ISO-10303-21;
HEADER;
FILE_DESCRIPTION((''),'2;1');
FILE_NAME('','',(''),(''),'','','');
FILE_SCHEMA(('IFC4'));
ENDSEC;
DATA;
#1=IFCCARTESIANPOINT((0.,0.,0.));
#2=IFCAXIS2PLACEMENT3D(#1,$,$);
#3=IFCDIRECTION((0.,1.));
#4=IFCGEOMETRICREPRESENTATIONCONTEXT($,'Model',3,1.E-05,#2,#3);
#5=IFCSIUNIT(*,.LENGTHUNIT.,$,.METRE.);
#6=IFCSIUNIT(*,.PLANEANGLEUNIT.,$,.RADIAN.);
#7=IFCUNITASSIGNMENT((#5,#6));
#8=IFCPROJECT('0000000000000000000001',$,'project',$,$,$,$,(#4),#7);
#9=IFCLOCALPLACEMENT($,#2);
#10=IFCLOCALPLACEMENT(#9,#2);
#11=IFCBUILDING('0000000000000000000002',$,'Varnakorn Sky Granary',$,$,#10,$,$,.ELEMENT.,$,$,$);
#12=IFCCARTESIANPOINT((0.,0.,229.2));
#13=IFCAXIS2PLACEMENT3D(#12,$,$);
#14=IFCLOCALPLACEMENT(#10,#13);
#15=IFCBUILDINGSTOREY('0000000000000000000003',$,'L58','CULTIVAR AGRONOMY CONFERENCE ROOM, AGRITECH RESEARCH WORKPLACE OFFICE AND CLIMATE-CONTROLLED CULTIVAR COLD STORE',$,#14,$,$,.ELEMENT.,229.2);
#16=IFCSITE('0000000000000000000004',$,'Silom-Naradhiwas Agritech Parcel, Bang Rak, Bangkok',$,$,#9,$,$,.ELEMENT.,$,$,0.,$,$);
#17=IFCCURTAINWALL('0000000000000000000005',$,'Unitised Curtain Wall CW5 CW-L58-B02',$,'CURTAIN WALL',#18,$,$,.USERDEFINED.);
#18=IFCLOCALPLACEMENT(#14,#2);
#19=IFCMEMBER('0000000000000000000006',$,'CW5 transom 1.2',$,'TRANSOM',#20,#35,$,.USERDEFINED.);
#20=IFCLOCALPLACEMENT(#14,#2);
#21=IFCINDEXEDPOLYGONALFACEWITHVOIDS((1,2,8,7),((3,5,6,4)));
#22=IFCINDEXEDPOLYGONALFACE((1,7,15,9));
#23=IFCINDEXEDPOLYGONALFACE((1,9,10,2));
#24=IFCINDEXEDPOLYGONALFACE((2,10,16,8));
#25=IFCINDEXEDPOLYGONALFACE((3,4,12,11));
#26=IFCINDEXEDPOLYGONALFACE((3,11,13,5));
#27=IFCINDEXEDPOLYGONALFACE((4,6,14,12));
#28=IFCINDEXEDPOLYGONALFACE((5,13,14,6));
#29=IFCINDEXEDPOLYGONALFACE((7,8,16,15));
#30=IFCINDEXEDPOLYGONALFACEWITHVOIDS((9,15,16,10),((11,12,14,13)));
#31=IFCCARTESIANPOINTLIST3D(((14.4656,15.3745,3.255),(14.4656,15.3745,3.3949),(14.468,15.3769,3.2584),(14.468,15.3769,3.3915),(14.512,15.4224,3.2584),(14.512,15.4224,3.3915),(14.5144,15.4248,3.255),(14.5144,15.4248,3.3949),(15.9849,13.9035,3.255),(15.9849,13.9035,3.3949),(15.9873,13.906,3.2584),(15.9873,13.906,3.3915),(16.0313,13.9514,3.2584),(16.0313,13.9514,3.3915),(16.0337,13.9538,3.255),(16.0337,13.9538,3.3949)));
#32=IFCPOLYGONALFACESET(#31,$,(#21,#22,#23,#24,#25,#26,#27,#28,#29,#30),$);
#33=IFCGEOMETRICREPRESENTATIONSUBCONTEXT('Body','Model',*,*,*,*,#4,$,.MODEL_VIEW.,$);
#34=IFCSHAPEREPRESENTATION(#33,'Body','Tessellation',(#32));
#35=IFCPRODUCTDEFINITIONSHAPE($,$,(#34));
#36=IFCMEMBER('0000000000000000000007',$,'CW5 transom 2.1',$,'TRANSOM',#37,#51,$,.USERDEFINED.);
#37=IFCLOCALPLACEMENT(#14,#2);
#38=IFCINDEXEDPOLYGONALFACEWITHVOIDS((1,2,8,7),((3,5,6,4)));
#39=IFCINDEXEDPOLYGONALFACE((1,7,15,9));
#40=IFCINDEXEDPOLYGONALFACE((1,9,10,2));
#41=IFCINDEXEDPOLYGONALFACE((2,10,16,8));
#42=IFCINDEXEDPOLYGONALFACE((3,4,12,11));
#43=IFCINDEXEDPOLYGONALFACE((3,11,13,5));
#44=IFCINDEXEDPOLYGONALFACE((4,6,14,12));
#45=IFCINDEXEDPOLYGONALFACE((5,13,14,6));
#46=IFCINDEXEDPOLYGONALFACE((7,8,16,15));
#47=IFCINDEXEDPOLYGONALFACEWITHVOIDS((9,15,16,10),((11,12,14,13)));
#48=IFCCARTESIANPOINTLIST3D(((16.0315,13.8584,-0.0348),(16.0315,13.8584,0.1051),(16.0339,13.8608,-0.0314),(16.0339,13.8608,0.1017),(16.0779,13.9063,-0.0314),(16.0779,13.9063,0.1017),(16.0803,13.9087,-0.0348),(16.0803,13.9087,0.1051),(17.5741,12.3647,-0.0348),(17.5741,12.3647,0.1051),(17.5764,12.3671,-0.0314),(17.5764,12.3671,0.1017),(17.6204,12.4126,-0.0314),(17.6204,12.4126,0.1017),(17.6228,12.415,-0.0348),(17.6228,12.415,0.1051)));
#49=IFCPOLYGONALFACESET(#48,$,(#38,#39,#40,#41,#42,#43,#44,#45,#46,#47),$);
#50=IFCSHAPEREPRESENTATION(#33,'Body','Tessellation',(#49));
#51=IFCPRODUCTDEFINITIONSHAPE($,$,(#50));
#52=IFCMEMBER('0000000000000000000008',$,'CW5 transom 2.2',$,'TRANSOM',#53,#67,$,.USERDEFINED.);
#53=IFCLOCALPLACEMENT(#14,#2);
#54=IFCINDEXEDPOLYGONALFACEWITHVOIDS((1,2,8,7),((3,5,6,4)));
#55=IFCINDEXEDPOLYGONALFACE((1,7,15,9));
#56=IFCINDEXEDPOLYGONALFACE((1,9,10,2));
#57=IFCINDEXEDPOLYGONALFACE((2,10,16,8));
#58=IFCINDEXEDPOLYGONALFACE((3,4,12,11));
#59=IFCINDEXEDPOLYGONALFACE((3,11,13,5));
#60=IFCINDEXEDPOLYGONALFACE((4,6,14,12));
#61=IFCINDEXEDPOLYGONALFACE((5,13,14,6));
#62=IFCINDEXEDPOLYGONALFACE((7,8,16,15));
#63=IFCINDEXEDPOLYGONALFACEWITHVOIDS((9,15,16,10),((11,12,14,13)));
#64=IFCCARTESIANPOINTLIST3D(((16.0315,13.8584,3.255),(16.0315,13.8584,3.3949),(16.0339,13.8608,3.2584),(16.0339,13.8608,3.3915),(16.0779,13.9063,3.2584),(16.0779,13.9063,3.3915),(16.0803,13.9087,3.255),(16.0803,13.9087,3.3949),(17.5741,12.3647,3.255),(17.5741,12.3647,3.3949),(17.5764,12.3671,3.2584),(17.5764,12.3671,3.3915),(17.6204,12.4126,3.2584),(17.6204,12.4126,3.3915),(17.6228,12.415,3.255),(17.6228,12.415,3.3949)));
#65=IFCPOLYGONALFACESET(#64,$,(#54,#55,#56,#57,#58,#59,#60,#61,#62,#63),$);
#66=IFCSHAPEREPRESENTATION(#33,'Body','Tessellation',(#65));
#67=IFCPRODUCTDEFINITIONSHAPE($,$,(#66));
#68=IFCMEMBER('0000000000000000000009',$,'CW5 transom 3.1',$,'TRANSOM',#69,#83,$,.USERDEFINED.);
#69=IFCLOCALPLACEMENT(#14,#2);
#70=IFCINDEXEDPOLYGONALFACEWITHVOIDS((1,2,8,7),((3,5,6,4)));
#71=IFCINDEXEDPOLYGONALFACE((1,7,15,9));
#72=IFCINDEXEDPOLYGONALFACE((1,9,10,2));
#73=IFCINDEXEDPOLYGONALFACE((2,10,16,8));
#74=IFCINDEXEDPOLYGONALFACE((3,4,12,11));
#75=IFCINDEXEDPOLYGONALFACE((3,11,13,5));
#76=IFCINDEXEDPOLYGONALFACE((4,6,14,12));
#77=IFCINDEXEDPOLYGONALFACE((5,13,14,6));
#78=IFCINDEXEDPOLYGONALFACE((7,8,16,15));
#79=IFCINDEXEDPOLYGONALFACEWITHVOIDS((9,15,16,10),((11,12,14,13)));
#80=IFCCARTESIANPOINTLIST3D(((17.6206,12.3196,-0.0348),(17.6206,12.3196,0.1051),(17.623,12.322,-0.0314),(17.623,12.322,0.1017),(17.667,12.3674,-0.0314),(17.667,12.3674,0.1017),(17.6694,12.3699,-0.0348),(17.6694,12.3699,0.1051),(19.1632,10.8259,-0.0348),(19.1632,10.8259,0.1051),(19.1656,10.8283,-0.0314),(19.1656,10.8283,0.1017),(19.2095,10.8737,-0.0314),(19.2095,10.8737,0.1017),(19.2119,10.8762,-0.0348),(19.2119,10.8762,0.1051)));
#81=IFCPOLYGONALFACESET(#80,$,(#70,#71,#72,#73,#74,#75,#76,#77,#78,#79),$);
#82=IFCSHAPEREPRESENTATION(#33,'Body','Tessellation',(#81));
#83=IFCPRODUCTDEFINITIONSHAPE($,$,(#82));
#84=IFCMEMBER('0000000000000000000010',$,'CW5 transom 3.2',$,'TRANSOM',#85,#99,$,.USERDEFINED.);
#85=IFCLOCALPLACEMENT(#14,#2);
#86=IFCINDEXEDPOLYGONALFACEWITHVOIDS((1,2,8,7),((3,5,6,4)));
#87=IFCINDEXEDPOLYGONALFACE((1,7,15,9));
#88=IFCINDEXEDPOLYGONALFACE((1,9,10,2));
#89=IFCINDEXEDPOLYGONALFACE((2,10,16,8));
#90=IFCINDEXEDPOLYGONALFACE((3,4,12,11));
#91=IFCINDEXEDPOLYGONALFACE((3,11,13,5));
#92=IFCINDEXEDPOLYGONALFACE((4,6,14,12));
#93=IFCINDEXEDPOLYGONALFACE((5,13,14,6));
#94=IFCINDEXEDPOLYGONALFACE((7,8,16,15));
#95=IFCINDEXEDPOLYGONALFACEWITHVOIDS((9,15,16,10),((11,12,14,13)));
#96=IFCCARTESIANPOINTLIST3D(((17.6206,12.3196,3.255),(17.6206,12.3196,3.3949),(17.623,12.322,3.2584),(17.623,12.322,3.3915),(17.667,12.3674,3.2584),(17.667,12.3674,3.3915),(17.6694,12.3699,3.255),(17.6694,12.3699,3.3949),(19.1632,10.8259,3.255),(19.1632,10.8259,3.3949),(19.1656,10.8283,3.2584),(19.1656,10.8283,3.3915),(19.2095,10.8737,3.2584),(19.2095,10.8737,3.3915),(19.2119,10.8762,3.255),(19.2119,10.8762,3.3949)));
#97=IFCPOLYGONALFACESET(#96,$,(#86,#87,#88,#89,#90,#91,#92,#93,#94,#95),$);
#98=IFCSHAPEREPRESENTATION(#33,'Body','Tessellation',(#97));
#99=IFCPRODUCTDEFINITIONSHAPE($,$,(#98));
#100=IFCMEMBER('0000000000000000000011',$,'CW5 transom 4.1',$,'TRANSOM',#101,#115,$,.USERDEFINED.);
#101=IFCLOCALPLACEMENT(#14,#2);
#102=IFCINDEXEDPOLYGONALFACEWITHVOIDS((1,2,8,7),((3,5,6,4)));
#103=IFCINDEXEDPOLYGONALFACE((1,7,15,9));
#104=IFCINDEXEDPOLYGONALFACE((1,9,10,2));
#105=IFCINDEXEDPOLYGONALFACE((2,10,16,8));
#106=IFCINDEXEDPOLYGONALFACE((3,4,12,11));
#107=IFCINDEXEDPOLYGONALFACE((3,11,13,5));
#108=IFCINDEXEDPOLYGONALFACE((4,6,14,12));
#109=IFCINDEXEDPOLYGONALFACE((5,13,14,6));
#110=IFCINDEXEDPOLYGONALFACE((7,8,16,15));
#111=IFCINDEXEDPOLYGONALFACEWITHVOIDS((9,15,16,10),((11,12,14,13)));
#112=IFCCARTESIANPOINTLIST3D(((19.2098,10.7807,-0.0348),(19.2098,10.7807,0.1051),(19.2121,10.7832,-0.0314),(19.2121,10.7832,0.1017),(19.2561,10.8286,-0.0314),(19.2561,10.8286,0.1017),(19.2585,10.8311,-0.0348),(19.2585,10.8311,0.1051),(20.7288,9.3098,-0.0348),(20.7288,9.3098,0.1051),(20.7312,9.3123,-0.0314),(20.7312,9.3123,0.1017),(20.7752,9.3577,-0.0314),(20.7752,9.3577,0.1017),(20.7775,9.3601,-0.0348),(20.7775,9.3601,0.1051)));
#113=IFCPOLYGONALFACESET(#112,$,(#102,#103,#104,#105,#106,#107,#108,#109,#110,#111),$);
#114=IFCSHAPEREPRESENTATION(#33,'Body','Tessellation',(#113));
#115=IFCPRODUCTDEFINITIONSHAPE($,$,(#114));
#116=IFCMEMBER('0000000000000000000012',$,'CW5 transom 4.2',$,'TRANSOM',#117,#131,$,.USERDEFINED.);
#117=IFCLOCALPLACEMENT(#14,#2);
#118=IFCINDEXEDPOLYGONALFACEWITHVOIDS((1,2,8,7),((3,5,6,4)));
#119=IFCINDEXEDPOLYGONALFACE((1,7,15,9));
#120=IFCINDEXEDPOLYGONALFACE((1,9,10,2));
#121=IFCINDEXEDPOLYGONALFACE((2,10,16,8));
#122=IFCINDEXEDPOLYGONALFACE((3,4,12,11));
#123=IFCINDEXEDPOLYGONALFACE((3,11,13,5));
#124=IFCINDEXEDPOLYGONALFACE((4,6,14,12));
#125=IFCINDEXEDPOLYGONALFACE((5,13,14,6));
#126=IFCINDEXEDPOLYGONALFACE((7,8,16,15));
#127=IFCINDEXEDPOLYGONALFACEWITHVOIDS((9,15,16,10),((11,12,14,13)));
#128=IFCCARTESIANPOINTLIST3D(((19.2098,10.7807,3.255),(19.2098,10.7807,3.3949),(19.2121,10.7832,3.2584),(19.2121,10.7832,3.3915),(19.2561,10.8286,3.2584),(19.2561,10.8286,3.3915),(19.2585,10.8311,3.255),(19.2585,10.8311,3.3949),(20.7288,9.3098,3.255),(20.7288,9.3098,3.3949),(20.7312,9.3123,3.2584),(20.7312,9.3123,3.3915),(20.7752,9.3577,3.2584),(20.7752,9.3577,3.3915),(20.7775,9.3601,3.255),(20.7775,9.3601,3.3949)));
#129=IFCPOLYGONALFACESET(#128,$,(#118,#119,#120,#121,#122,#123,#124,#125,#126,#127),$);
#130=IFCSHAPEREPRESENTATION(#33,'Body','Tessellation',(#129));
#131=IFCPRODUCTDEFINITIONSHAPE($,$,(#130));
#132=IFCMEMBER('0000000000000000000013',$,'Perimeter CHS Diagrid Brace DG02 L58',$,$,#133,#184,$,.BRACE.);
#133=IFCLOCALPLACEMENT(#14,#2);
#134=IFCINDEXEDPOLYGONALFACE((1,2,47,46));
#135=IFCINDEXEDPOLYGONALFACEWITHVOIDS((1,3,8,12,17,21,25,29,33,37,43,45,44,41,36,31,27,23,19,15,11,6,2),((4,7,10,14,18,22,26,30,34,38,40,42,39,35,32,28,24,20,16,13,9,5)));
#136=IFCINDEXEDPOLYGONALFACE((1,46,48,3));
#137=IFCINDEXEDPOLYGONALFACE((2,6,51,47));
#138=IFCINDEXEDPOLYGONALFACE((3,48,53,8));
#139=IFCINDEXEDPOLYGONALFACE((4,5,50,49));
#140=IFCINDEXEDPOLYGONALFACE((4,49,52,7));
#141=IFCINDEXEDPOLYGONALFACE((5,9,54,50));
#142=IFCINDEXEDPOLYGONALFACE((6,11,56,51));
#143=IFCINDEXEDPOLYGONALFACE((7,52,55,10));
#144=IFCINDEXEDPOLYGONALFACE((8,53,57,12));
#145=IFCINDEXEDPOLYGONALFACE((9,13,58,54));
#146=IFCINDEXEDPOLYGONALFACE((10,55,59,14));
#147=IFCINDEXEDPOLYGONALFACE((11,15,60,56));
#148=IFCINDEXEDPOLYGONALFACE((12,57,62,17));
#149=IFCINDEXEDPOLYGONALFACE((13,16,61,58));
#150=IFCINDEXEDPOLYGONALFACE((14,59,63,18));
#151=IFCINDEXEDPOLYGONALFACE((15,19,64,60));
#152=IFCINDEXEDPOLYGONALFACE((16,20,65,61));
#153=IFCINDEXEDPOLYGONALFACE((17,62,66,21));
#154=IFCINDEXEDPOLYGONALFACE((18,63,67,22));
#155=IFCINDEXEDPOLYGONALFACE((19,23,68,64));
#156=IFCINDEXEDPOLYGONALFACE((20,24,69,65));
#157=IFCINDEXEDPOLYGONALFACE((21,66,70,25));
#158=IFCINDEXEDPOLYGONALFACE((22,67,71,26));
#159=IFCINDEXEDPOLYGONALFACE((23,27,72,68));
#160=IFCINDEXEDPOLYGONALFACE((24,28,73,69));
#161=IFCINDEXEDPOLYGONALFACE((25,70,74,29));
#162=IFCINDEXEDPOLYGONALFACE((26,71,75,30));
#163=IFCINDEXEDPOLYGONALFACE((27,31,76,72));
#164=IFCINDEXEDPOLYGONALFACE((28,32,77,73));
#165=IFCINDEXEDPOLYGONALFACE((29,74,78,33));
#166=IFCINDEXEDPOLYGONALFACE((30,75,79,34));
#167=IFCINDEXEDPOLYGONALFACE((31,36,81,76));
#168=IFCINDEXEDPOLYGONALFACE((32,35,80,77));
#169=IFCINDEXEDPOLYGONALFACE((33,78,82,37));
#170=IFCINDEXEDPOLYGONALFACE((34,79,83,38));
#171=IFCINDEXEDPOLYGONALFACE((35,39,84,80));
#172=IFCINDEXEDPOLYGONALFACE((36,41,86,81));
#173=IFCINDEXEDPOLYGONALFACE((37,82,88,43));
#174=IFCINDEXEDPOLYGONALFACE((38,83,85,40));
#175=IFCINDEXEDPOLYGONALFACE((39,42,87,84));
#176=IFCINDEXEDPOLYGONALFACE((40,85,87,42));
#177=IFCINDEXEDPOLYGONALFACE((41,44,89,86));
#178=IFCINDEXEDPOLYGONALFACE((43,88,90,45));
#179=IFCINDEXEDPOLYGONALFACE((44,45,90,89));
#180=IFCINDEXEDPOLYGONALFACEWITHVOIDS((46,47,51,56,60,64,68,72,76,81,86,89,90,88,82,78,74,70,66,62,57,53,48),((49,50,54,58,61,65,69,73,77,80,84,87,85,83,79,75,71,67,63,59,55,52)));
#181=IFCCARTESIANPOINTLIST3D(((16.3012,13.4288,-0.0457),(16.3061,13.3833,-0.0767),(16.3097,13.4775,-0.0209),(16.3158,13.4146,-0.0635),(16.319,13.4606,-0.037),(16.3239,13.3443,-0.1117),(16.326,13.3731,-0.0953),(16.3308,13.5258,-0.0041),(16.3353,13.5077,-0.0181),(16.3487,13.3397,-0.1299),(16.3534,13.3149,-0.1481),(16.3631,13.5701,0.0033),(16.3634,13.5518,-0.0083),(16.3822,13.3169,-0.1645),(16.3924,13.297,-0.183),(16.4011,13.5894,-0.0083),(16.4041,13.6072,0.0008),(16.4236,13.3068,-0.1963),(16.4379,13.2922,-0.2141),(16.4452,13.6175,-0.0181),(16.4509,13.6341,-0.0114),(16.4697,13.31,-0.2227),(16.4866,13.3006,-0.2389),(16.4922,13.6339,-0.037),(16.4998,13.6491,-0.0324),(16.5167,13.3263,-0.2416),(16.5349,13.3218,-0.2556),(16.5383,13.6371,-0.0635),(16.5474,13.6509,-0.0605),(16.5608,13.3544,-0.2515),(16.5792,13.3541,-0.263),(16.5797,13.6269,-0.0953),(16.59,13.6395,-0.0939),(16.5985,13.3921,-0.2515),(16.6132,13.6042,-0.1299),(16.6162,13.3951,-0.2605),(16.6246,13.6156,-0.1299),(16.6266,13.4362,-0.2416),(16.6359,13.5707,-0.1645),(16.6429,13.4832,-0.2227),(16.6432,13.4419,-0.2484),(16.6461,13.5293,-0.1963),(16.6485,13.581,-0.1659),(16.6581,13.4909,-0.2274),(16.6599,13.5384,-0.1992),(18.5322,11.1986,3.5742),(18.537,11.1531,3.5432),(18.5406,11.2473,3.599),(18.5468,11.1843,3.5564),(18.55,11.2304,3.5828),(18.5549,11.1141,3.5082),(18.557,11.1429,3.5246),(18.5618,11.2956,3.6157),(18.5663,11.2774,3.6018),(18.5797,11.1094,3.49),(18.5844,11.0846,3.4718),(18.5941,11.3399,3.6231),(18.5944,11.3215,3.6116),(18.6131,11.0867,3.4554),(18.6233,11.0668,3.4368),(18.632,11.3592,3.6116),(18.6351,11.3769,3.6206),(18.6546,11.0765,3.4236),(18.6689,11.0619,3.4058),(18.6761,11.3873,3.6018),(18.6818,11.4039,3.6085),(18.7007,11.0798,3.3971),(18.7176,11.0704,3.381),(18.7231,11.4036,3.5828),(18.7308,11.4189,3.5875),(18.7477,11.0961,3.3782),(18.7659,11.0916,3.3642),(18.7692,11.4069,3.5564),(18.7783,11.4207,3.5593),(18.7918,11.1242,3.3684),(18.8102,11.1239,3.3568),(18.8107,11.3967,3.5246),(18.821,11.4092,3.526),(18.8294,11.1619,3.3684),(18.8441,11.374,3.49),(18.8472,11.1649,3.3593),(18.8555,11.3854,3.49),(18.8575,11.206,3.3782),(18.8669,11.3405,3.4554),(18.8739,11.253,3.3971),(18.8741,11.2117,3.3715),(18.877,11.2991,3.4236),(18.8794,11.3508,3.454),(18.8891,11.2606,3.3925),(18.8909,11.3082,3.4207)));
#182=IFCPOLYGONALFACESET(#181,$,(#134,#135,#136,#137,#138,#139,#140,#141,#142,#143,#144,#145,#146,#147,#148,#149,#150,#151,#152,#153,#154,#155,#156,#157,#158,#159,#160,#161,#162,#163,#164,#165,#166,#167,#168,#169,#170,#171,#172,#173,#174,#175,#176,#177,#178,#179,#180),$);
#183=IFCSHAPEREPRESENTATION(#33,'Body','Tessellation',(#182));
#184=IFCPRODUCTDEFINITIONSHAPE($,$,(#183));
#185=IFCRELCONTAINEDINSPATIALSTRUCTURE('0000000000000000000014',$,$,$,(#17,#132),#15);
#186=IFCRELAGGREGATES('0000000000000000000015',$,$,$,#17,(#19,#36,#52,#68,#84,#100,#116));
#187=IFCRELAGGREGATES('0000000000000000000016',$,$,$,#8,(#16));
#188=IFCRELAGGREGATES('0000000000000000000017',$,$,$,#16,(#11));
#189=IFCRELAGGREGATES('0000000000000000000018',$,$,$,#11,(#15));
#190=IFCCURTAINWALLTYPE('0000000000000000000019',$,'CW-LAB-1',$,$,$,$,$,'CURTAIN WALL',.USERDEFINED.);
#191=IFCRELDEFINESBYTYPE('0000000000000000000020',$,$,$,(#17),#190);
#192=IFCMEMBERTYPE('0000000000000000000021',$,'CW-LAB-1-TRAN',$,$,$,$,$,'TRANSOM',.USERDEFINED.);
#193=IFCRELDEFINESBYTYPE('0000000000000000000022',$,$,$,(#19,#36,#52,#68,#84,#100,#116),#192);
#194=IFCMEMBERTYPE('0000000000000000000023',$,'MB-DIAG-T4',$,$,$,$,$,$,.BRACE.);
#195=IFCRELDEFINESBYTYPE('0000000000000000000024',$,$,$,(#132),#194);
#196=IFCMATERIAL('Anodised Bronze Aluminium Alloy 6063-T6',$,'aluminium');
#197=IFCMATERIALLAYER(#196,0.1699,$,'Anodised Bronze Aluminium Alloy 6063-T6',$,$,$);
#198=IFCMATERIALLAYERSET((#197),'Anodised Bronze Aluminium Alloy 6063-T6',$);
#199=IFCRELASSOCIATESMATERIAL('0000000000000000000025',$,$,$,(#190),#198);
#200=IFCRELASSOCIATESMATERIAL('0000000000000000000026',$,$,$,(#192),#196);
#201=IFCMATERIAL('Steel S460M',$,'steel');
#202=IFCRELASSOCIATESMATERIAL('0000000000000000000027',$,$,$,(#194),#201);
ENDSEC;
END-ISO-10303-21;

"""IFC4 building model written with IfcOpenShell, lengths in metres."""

from ifc_helpers import new_model, si_unit, direction, frame, origin, origin_2d, place, context, subcontext, project, spatial, hollow_rectangle, hollow_circle, extrude, material, layer, layer_set, material_profile, profile_set, type_object, element, aggregate, save


model = new_model("IFC4")

# Units and contexts
model_context = context("Model", 3, precision=1e-05, world=origin(), true_north=direction((0.0, 1.0)))
body_context = subcontext(model_context, "Body", "Model", "MODEL_VIEW")
ifc_project = project(units=[si_unit("LENGTHUNIT", "METRE"), si_unit("PLANEANGLEUNIT", "RADIAN")], contexts=[model_context])

# Site, building, storey
site_placement = place(None, origin())
site = spatial("IfcSite", under=ifc_project, at=site_placement, Name="Silom-Naradhiwas Agritech Parcel, Bang Rak, Bangkok", CompositionType="ELEMENT", RefElevation=0.0)
building_placement = place(site_placement, origin())
building = spatial("IfcBuilding", under=site, at=building_placement, Name="Varnakorn Sky Granary", CompositionType="ELEMENT")
storey_placement = place(building_placement, frame((0.0, 0.0, 229.2)))
storey = spatial("IfcBuildingStorey", under=building, at=storey_placement, Name="L58", Description="CULTIVAR AGRONOMY CONFERENCE ROOM, AGRITECH RESEARCH WORKPLACE OFFICE AND CLIMATE-CONTROLLED CULTIVAR COLD STORE", CompositionType="ELEMENT", Elevation=229.2)

# Shared definitions
ifc_material_1 = material(Name="Steel S460M", Category="steel")

# Curtain wall, members
ifc_material_2 = material(Name="Anodised Bronze Aluminium Alloy 6063-T6", Category="aluminium")
ifc_layer_1 = layer(ifc_material_2, 0.1699, Name="Anodised Bronze Aluminium Alloy 6063-T6")
ifc_layer_set_1 = layer_set([ifc_layer_1], Name="Anodised Bronze Aluminium Alloy 6063-T6")
curtain_wall_type = type_object("IfcCurtainWallType", Name="CW-LAB-1", ElementType="CURTAIN WALL", PredefinedType="USERDEFINED", material=ifc_layer_set_1)
curtain_wall_placement = place(storey_placement, origin())
curtain_wall = element("IfcCurtainWall", 1, at=curtain_wall_placement, inside=storey, type_object=curtain_wall_type, Name="Unitised Curtain Wall CW5 CW-L58-B02", ObjectType="CURTAIN WALL", PredefinedType="USERDEFINED")
ifc_material_profile_1 = material_profile(ifc_material_2, hollow_rectangle(XDim=0.0701, YDim=0.1399, WallThickness=0.0034, at=origin_2d()), Name="ALU TRAN 70x140")
ifc_profile_set_1 = profile_set([ifc_material_profile_1], Name="Anodised Bronze Aluminium Alloy 6063-T6")
member_type_1 = type_object("IfcMemberType", Name="CW-LAB-1-TRAN", ElementType="TRANSOM", PredefinedType="USERDEFINED", material=ifc_profile_set_1)
member_1_placement = place(storey_placement, frame((14.49, 15.3997, 3.325), z_axis=(0.718444, -0.695585, 0.0), x_axis=(0.695585, 0.718444, 0.0)))
member_1 = element("IfcMember", 2, at=member_1_placement, type_object=member_type_1, Name="CW5 transom 1.2", ObjectType="TRANSOM", PredefinedType="USERDEFINED", context=body_context, shape_type="SweptSolid", body=[
    extrude(hollow_rectangle(XDim=0.0701, YDim=0.1399, WallThickness=0.0034, at=origin_2d()), origin(), (0.0, 0.0, 1.0), 2.1147),
])
member_2_placement = place(storey_placement, frame((16.0559, 13.8835, 0.0352), z_axis=(0.718386, -0.695645, 0.0), x_axis=(0.695645, 0.718386, 0.0)))
member_2 = element("IfcMember", 3, at=member_2_placement, type_object=member_type_1, Name="CW5 transom 2.1", ObjectType="TRANSOM", PredefinedType="USERDEFINED", context=body_context, shape_type="SweptSolid", body=[
    extrude(hollow_rectangle(XDim=0.0701, YDim=0.1399, WallThickness=0.0034, at=origin_2d()), origin(), (0.0, 0.0, 1.0), 2.1472),
])
member_3_placement = place(storey_placement, frame((16.0559, 13.8835, 3.325), z_axis=(0.718386, -0.695645, 0.0), x_axis=(0.695645, 0.718386, 0.0)))
member_3 = element("IfcMember", 4, at=member_3_placement, type_object=member_type_1, Name="CW5 transom 2.2", ObjectType="TRANSOM", PredefinedType="USERDEFINED", context=body_context, shape_type="SweptSolid", body=[
    extrude(hollow_rectangle(XDim=0.0701, YDim=0.1399, WallThickness=0.0034, at=origin_2d()), origin(), (0.0, 0.0, 1.0), 2.1472),
])
member_4_placement = place(storey_placement, frame((17.645, 12.3447, 0.0352), z_axis=(0.718386, -0.695645, 0.0), x_axis=(0.695645, 0.718386, 0.0)))
member_4 = element("IfcMember", 5, at=member_4_placement, type_object=member_type_1, Name="CW5 transom 3.1", ObjectType="TRANSOM", PredefinedType="USERDEFINED", context=body_context, shape_type="SweptSolid", body=[
    extrude(hollow_rectangle(XDim=0.0701, YDim=0.1399, WallThickness=0.0034, at=origin_2d()), origin(), (0.0, 0.0, 1.0), 2.1472),
])
member_5_placement = place(storey_placement, frame((17.645, 12.3447, 3.325), z_axis=(0.718386, -0.695645, 0.0), x_axis=(0.695645, 0.718386, 0.0)))
member_5 = element("IfcMember", 6, at=member_5_placement, type_object=member_type_1, Name="CW5 transom 3.2", ObjectType="TRANSOM", PredefinedType="USERDEFINED", context=body_context, shape_type="SweptSolid", body=[
    extrude(hollow_rectangle(XDim=0.0701, YDim=0.1399, WallThickness=0.0034, at=origin_2d()), origin(), (0.0, 0.0, 1.0), 2.1472),
])
member_6_placement = place(storey_placement, frame((19.2341, 10.8059, 0.0352), z_axis=(0.718388, -0.695643, 0.0), x_axis=(0.695643, 0.718388, 0.0)))
member_6 = element("IfcMember", 7, at=member_6_placement, type_object=member_type_1, Name="CW5 transom 4.1", ObjectType="TRANSOM", PredefinedType="USERDEFINED", context=body_context, shape_type="SweptSolid", body=[
    extrude(hollow_rectangle(XDim=0.0701, YDim=0.1399, WallThickness=0.0034, at=origin_2d()), origin(), (0.0, 0.0, 1.0), 2.1145),
])
member_7_placement = place(storey_placement, frame((19.2341, 10.8059, 3.325), z_axis=(0.718388, -0.695643, 0.0), x_axis=(0.695643, 0.718388, 0.0)))
member_7 = element("IfcMember", 8, at=member_7_placement, type_object=member_type_1, Name="CW5 transom 4.2", ObjectType="TRANSOM", PredefinedType="USERDEFINED", context=body_context, shape_type="SweptSolid", body=[
    extrude(hollow_rectangle(XDim=0.0701, YDim=0.1399, WallThickness=0.0034, at=origin_2d()), origin(), (0.0, 0.0, 1.0), 2.1145),
])

# Member
ifc_material_profile_2 = material_profile(ifc_material_1, hollow_circle(Radius=0.2031, WallThickness=0.0161, at=origin_2d()), Name="CHS 406.4x16")
ifc_profile_set_2 = profile_set([ifc_material_profile_2], Name="Steel S460M")
member_type_2 = type_object("IfcMemberType", Name="MB-DIAG-T4", PredefinedType="BRACE", material=ifc_profile_set_2)
member_8_placement = place(storey_placement, frame((16.481, 13.4719, -0.1299), z_axis=(0.464636, -0.464483, 0.753902), x_axis=(0.706991, 0.707223, 0.0)))
element("IfcMember", 9, at=member_8_placement, inside=storey, type_object=member_type_2, Name="Perimeter CHS Diagrid Brace DG02 L58", PredefinedType="BRACE", context=body_context, shape_type="SweptSolid", body=[
    extrude(hollow_circle(Radius=0.2031, WallThickness=0.0161, at=origin_2d()), origin(), (0.0, 0.0, 1.0), 4.8015),
])

aggregate(curtain_wall, [member_1, member_2, member_3, member_4, member_5, member_6, member_7])

save(model, "model.ifc")
